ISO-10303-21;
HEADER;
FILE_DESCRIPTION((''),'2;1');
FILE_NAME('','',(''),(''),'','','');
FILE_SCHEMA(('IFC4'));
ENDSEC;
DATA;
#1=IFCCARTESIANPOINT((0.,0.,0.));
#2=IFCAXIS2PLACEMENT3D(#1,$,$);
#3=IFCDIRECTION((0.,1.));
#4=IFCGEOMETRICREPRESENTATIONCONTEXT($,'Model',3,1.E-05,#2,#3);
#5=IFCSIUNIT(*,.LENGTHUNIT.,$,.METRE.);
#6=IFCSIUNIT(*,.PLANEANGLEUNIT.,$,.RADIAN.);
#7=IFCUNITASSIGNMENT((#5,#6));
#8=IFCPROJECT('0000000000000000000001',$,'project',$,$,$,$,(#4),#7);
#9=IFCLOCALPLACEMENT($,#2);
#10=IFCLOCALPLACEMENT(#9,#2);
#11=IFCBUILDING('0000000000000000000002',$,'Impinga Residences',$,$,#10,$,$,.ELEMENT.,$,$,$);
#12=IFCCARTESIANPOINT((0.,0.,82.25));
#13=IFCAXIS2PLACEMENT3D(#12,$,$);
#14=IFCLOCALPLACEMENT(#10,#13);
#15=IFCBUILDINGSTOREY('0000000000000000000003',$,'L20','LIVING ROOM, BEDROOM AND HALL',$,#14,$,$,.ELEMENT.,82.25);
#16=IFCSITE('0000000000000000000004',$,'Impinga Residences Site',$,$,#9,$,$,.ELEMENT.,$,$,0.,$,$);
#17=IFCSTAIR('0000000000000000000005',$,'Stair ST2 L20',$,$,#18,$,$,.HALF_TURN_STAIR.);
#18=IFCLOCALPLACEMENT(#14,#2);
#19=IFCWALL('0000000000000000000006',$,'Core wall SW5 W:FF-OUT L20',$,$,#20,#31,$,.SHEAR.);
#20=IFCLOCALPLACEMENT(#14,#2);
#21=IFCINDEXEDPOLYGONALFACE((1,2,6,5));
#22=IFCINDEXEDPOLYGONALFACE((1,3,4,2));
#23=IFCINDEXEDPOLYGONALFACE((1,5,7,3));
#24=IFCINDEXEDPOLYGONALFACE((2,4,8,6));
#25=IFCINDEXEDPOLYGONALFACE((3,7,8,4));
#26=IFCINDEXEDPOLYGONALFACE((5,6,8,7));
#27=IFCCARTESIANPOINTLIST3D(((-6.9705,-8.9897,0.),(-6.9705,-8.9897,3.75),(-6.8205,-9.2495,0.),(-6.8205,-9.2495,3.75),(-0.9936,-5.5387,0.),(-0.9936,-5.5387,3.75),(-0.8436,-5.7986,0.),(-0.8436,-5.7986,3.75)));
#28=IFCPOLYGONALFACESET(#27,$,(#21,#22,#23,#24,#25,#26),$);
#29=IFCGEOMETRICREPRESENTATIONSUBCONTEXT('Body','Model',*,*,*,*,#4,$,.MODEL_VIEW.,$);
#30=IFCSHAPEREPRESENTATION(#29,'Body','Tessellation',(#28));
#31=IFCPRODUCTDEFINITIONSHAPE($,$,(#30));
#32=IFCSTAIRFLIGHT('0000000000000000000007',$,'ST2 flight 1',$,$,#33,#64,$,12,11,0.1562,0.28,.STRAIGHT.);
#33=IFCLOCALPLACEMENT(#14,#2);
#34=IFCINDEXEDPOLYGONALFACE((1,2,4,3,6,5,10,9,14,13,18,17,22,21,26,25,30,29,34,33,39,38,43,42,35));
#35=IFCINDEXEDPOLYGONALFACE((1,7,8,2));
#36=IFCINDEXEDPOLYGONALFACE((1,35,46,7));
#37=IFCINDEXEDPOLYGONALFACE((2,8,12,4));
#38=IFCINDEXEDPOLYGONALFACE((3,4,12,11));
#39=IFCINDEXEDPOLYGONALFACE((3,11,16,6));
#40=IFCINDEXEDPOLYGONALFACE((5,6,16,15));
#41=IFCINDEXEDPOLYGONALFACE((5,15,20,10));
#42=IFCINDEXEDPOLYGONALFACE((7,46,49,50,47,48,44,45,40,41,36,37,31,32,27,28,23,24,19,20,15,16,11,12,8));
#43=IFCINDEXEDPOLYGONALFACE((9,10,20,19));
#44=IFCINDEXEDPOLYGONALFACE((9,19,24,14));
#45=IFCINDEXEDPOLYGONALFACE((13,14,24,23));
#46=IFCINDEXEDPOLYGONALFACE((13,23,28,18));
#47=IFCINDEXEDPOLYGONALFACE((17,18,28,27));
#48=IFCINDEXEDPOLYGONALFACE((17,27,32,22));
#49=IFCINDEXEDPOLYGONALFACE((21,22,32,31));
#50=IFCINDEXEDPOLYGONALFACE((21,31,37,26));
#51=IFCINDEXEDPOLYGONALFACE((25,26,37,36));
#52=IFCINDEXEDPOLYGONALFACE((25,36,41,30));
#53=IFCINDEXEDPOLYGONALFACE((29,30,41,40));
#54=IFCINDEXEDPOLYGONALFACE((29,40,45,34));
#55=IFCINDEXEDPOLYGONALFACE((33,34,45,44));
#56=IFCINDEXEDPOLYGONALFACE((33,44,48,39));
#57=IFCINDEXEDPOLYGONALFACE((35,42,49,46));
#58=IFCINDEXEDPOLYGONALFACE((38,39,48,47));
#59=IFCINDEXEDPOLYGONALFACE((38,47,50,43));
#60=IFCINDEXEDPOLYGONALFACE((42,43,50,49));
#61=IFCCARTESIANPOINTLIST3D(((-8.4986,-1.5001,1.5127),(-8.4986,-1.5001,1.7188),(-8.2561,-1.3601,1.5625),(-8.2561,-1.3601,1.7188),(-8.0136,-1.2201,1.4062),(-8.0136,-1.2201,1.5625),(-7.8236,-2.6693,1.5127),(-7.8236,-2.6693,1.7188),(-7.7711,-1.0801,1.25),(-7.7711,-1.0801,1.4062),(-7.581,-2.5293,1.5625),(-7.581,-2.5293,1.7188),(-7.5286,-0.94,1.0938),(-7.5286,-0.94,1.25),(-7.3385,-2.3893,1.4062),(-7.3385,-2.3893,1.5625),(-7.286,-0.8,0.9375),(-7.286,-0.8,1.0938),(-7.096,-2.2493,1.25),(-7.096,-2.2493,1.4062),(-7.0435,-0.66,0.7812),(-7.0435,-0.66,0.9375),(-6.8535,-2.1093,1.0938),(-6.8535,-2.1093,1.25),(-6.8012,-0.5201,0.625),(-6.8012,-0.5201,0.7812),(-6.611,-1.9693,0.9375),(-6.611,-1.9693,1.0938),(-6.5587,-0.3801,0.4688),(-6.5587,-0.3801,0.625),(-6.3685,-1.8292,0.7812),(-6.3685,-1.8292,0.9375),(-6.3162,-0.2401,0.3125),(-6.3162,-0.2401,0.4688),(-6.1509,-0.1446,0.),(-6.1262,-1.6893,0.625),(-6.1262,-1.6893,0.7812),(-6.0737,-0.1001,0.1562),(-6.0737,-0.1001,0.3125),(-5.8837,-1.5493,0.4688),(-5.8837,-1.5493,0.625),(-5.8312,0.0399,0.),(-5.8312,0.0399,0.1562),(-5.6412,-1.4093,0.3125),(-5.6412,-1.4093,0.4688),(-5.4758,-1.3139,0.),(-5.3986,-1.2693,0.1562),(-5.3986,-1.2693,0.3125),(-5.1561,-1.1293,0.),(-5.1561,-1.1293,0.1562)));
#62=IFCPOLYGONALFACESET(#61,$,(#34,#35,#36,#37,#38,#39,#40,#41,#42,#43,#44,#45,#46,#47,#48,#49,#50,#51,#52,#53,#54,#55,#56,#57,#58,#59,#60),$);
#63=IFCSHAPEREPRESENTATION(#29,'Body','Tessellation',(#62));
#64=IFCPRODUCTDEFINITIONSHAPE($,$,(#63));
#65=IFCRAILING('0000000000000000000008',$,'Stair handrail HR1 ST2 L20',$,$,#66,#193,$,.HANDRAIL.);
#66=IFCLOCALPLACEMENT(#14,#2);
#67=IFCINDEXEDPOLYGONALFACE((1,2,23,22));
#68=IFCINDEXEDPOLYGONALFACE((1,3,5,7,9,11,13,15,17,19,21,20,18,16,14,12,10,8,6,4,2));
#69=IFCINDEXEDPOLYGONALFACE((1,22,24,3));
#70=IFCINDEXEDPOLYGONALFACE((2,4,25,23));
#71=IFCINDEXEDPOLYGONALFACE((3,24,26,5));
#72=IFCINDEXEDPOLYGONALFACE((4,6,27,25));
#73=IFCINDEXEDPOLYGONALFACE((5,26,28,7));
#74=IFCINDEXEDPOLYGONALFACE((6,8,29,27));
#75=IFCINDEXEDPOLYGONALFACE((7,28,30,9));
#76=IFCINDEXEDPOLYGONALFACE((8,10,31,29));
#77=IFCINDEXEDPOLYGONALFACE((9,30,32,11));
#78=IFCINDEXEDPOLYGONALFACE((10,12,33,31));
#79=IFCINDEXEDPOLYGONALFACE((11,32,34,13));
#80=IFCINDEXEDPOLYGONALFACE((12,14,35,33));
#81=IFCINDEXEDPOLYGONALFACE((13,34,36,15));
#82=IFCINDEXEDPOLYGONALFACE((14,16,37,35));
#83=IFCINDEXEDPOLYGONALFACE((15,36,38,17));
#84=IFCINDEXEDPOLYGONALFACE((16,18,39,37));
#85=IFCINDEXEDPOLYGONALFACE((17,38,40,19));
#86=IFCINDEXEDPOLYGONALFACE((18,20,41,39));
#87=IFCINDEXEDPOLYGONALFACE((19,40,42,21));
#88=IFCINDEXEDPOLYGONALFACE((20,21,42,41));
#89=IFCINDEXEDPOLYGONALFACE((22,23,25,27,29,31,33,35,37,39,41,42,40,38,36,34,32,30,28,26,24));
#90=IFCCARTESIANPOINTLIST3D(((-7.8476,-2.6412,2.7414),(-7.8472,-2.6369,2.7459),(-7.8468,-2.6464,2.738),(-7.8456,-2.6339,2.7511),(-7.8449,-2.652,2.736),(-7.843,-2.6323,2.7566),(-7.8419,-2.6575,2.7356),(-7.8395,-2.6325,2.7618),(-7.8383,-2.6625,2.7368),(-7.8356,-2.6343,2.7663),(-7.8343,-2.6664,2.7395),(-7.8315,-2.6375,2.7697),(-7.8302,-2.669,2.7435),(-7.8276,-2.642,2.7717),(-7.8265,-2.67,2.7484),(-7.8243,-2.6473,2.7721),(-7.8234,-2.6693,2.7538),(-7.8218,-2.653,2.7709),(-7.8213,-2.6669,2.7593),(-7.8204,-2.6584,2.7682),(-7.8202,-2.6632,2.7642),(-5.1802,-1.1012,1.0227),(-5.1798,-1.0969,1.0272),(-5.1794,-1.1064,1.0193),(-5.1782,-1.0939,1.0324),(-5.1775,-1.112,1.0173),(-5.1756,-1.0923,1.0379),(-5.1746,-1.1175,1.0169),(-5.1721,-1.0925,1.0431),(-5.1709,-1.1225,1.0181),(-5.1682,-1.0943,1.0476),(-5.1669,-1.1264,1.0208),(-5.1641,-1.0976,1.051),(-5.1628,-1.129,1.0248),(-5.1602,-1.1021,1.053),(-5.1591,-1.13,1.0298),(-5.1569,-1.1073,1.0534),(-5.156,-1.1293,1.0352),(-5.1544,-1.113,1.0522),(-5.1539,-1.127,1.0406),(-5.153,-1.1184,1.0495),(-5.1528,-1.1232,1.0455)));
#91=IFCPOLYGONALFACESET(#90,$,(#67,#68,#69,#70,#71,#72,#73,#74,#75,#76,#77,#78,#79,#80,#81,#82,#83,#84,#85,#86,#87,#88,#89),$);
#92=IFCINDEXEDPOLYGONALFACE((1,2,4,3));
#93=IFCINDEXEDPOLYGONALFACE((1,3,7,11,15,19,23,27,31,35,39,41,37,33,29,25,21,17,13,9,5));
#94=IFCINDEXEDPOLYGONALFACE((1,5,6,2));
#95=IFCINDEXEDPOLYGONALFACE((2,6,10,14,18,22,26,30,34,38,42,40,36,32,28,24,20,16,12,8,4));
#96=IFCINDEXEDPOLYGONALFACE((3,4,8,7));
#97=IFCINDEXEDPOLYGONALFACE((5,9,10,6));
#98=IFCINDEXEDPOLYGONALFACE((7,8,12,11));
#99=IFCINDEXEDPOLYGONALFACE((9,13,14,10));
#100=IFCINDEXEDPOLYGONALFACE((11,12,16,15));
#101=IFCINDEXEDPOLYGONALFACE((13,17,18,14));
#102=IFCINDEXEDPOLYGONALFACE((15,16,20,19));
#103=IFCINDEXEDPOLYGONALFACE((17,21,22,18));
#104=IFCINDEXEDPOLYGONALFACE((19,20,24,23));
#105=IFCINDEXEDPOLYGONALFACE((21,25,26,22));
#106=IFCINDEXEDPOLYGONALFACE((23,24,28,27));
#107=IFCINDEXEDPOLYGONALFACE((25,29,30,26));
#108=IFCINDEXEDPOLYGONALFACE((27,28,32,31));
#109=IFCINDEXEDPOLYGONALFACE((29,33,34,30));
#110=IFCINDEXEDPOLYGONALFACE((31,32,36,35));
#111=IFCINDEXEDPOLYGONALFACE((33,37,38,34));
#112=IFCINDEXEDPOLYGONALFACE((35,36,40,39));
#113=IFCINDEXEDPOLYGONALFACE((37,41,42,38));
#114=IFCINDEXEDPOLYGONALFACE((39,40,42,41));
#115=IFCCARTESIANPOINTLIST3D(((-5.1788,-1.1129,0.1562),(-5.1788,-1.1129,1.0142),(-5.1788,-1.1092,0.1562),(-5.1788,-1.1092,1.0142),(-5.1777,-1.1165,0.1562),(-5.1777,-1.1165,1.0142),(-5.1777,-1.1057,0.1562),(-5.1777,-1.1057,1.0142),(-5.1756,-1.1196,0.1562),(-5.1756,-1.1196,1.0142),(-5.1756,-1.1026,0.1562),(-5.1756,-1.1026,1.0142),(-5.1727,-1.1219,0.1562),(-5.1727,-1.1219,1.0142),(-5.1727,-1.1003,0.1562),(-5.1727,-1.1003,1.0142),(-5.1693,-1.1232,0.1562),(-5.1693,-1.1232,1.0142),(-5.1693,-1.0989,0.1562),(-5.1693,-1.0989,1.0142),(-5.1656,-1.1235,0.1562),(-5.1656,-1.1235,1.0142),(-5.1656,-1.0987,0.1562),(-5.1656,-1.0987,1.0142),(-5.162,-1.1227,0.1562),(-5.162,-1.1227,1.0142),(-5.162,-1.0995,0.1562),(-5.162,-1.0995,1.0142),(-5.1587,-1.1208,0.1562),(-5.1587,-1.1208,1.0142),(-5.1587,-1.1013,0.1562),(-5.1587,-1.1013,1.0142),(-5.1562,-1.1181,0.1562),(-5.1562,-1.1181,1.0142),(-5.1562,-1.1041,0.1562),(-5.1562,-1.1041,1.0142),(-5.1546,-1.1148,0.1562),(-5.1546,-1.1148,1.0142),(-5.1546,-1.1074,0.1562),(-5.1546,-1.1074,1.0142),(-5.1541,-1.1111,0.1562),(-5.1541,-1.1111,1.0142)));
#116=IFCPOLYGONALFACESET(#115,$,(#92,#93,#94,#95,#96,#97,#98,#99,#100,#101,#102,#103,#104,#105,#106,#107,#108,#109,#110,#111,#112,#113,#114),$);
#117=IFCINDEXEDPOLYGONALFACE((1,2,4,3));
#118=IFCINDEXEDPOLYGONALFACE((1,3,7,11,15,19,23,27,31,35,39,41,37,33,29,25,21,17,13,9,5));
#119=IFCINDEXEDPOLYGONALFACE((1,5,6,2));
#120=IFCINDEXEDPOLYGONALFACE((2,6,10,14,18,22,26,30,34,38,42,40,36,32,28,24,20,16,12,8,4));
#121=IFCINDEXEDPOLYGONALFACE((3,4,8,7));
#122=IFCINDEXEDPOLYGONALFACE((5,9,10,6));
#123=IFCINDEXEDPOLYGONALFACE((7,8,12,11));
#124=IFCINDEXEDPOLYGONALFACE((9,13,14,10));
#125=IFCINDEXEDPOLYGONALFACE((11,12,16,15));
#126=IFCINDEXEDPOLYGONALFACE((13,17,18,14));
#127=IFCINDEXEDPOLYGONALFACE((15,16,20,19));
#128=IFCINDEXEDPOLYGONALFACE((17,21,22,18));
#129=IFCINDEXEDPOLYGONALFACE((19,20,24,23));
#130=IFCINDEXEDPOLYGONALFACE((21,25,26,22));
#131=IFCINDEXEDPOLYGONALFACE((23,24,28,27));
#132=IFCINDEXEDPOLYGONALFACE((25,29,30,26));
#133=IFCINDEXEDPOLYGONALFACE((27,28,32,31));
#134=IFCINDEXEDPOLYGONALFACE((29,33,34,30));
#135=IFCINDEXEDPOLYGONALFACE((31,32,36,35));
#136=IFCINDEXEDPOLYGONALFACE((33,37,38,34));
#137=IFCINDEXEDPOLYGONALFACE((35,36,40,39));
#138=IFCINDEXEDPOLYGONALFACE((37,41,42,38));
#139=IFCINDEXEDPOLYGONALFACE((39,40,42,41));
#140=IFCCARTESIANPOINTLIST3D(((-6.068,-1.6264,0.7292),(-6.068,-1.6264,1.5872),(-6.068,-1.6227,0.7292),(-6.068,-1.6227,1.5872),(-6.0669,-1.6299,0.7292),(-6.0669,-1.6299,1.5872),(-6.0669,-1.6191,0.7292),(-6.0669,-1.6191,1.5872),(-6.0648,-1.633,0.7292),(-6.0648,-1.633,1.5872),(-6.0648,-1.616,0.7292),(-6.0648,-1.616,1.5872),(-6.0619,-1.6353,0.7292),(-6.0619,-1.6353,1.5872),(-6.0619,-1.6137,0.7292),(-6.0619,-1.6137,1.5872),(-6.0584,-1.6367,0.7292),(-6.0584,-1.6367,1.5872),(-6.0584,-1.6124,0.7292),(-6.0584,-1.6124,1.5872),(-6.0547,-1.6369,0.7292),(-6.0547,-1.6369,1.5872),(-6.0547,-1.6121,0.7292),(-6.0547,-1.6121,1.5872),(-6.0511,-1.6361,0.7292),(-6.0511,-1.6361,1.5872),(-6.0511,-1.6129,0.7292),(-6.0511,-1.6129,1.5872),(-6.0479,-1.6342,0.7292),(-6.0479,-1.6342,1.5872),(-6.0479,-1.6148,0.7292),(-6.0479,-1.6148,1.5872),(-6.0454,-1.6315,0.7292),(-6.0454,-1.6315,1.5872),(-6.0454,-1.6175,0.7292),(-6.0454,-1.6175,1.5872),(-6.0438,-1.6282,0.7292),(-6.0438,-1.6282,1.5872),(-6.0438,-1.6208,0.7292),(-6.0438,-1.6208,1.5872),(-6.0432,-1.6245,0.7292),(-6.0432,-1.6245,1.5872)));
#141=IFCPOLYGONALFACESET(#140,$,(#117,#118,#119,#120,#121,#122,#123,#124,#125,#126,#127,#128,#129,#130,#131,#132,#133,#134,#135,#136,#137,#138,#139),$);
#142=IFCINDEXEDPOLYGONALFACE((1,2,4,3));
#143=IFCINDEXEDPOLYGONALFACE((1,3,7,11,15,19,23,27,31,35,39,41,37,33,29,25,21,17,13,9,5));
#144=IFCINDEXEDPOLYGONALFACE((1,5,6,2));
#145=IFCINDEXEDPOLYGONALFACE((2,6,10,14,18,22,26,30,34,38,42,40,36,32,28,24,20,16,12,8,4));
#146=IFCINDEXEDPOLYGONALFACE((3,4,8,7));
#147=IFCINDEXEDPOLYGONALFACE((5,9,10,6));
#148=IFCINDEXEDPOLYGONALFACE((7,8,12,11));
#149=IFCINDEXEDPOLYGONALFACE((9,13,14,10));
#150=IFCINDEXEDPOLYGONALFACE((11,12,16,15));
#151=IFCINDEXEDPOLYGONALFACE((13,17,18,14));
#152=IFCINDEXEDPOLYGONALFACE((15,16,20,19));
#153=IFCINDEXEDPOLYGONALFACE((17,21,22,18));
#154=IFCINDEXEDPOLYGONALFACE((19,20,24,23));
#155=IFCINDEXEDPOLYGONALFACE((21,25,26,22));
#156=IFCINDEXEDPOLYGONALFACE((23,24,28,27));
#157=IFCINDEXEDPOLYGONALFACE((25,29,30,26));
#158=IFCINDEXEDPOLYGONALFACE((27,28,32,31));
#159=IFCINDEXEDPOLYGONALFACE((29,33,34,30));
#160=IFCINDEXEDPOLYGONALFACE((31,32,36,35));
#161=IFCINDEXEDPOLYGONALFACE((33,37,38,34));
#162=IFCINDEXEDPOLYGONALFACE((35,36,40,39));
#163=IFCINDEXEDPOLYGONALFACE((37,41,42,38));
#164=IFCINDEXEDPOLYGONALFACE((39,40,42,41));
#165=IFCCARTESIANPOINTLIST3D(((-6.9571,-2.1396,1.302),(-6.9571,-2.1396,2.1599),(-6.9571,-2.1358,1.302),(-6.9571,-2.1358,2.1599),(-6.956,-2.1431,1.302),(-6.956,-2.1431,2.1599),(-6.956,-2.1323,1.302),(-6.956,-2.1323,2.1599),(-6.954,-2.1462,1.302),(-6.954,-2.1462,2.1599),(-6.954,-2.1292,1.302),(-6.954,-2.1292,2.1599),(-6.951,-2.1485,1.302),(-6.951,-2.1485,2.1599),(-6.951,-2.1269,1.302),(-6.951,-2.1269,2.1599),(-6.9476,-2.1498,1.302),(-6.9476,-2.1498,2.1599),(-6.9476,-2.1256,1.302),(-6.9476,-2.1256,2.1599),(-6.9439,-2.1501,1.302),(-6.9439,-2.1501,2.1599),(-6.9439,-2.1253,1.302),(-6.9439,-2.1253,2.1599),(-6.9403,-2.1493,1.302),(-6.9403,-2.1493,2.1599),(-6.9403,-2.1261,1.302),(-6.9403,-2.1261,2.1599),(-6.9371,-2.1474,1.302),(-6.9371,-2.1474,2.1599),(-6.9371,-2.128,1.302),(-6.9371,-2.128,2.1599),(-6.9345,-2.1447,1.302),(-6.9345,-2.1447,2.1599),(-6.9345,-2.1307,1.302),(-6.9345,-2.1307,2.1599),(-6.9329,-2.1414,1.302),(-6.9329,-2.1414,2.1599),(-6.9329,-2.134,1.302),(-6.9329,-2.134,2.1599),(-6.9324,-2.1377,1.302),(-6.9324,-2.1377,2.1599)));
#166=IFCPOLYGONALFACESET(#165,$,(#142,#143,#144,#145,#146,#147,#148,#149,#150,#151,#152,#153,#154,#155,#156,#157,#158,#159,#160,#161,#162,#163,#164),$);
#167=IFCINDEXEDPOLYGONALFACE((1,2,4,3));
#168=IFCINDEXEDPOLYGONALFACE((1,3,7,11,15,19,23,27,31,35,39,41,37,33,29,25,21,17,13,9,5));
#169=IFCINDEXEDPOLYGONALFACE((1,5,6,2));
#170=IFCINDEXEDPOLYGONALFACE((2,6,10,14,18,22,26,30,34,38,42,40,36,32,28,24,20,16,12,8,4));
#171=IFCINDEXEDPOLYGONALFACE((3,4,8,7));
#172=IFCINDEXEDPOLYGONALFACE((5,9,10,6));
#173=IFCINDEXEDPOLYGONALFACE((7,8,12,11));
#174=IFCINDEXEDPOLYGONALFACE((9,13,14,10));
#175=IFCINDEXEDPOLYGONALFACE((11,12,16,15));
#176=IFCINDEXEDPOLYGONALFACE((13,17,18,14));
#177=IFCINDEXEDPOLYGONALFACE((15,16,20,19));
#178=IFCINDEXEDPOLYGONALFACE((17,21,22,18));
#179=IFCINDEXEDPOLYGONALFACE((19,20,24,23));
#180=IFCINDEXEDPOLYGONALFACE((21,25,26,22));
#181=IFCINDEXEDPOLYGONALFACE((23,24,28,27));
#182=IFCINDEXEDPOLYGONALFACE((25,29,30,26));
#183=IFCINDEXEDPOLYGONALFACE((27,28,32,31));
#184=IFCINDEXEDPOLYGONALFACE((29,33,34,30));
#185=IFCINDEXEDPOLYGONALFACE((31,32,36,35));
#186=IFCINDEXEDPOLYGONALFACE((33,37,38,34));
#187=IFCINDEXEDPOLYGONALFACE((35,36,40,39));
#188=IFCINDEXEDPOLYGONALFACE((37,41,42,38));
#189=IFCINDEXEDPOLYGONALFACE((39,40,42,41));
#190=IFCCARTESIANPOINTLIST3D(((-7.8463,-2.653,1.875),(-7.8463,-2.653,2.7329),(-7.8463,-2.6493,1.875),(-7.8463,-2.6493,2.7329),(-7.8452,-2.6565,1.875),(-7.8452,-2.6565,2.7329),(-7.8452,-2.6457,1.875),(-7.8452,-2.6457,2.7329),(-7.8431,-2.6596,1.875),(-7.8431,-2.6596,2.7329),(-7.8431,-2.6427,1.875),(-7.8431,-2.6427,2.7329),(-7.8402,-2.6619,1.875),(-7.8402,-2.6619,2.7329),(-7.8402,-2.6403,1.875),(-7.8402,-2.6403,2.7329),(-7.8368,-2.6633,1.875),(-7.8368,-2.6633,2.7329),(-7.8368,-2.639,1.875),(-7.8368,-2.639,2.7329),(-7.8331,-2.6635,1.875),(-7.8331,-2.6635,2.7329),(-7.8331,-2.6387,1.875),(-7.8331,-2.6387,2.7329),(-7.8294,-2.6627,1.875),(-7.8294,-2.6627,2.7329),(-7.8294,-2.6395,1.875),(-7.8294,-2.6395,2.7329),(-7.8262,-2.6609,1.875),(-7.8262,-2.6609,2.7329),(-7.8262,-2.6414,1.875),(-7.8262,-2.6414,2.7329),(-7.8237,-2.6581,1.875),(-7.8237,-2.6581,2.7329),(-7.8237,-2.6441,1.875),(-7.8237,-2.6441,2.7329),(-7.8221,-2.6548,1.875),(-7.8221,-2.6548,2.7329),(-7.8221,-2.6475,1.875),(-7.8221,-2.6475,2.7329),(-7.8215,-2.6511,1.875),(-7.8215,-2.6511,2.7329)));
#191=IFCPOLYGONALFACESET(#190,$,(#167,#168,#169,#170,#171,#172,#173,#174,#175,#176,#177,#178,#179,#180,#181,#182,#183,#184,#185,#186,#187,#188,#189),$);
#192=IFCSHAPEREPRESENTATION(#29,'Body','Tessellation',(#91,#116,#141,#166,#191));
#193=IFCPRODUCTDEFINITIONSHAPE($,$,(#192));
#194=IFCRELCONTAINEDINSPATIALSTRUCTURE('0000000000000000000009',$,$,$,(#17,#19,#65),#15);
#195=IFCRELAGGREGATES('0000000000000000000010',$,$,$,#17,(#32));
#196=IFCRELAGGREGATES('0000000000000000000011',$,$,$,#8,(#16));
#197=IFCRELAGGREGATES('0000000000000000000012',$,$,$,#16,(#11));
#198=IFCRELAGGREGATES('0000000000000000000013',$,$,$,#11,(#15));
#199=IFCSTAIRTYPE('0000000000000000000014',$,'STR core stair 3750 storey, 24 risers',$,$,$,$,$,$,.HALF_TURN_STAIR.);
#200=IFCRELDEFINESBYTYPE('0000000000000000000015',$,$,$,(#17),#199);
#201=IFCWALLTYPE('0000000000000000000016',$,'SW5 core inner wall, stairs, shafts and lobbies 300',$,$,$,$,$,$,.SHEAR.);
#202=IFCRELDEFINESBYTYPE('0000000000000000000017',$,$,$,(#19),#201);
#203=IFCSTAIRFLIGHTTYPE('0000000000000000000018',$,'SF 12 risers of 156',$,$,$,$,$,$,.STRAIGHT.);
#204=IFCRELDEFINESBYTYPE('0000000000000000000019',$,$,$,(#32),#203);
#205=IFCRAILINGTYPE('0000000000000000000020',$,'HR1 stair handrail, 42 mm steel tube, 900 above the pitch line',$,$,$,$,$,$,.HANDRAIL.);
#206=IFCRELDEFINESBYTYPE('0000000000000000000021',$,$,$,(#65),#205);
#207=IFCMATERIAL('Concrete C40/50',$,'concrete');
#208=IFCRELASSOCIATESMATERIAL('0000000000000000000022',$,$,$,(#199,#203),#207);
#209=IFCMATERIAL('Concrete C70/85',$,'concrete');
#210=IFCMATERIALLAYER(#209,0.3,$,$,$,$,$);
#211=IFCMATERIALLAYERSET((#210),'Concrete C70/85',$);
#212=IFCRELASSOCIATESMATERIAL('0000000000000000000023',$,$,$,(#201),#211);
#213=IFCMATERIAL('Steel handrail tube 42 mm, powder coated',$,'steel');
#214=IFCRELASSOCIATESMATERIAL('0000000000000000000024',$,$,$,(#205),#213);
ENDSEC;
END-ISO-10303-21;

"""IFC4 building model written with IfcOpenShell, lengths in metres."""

from ifc_helpers import new_model, si_unit, direction, frame, frame_2d, origin, origin_2d, place, context, subcontext, project, spatial, polyline, rectangle, circle, outline, extrude, material, layer, layer_set, type_object, element, aggregate, save


model = new_model("IFC4")

# Units and contexts
model_context = context("Model", 3, precision=1e-05, world=origin(), true_north=direction((0.0, 1.0)))
body_context = subcontext(model_context, "Body", "Model", "MODEL_VIEW")
ifc_project = project(units=[si_unit("LENGTHUNIT", "METRE"), si_unit("PLANEANGLEUNIT", "RADIAN")], contexts=[model_context])

# Site, building, storey
site_placement = place(None, origin())
site = spatial("IfcSite", under=ifc_project, at=site_placement, Name="Impinga Residences Site", CompositionType="ELEMENT", RefElevation=0.0)
building_placement = place(site_placement, origin())
building = spatial("IfcBuilding", under=site, at=building_placement, Name="Impinga Residences", CompositionType="ELEMENT")
storey_placement = place(building_placement, frame((0.0, 0.0, 82.25)))
storey = spatial("IfcBuildingStorey", under=building, at=storey_placement, Name="L20", Description="LIVING ROOM, BEDROOM AND HALL", CompositionType="ELEMENT", Elevation=82.25)

# Shared definitions
ifc_material_1 = material(Name="Concrete C40/50", Category="concrete")
stair_type = type_object("IfcStairType", Name="STR core stair 3750 storey, 24 risers", PredefinedType="HALF_TURN_STAIR", material=ifc_material_1)

# Stair
stair_1_placement = place(storey_placement, origin())
stair_1 = element("IfcStair", 1, at=stair_1_placement, inside=storey, type_object=stair_type, Name="Stair ST2 L20", PredefinedType="HALF_TURN_STAIR")

# Shared definitions
ifc_material_2 = material(Name="Concrete C70/85", Category="concrete")

# Shared definitions
ifc_layer_1 = layer(ifc_material_2, 0.3)
ifc_layer_set_1 = layer_set([ifc_layer_1], Name="Concrete C70/85")
wall_type_1 = type_object("IfcWallType", Name="SW5 core inner wall, stairs, shafts and lobbies 300", PredefinedType="SHEAR", material=ifc_layer_set_1)

# Wall
wall_1_placement = place(storey_placement, frame((-0.9187, -5.6687, 0.0), z_axis=(0.0, 0.0, 1.0), x_axis=(-0.866012, -0.500024, 0.0)))
element("IfcWall", 2, at=wall_1_placement, inside=storey, type_object=wall_type_1, Name="Core wall SW5 W:FF-OUT L20", PredefinedType="SHEAR", context=body_context, shape_type="SweptSolid", body=[
    extrude(rectangle(XDim=6.9016, YDim=0.3, at=frame_2d((3.4507, 0.0))), origin(), (0.0, 0.0, 1.0), 3.75),
])

# Stair flight
stair_flight_type = type_object("IfcStairFlightType", Name="SF 12 risers of 156", PredefinedType="STRAIGHT", material=ifc_material_1)
stair_flight_placement = place(storey_placement, frame((-5.4937, -0.5447, 0.0), z_axis=(0.0, 0.0, 1.0), x_axis=(-0.866025, -0.5, 0.0)))
stair_flight = element("IfcStairFlight", 3, at=stair_flight_placement, type_object=stair_flight_type, Name="ST2 flight 1", NumberOfRisers=12, NumberOfTreads=11, PredefinedType="STRAIGHT", RiserHeight=0.1562, TreadLength=0.28, context=body_context, shape_type="SweptSolid", body=[
    extrude(outline(polyline([(0.0, 0.0), (0.0, 0.1562), (0.28, 0.1562), (0.28, 0.3125), (0.5601, 0.3125), (0.5601, 0.4688), (0.8401, 0.4688), (0.8401, 0.625), (1.1201, 0.625), (1.1201, 0.7812), (1.3999, 0.7812), (1.3999, 0.9375), (1.6799, 0.9375), (1.6799, 1.0938), (1.96, 1.0938), (1.96, 1.25), (2.24, 1.25), (2.24, 1.4062), (2.52, 1.4062), (2.52, 1.5625), (2.8, 1.5625), (2.8, 1.7188), (3.0801, 1.7188), (3.0801, 1.875), (3.0801, 1.5127), (0.3691, 0.0), (0.0, 0.0)])), frame((0.0, 0.675, 0.0), z_axis=(0.0, -1.0, 0.0), x_axis=(1.0, 0.0, 0.0)), (0.0, 0.0, 1.0), 1.3501),
])
aggregate(stair_1, [stair_flight])

# Railing
ifc_material_3 = material(Name="Steel handrail tube 42 mm, powder coated", Category="steel")
railing_type = type_object("IfcRailingType", Name="HR1 stair handrail, 42 mm steel tube, 900 above the pitch line", PredefinedType="HANDRAIL", material=ifc_material_3)
railing_placement = place(storey_placement, frame((-5.1665, -1.1111, 0.1562)))
element("IfcRailing", 4, at=railing_placement, inside=storey, type_object=railing_type, Name="Stair handrail HR1 ST2 L20", PredefinedType="HANDRAIL", context=body_context, shape_type="SweptSolid", body=[
    extrude(circle(Radius=0.021, at=origin_2d()), frame((0.0, 0.0, 0.8789), z_axis=(-0.756256, -0.436616, 0.487282), x_axis=(0.499992, -0.86603, 0.0)), (0.0, 0.0, 1.0), 3.5271),
    extrude(circle(Radius=0.0125, at=origin_2d()), origin(), (0.0, 0.0, 1.0), 0.8579),
    extrude(circle(Radius=0.0125, at=origin_2d()), frame((-0.8892, -0.5134, 0.573)), (0.0, 0.0, 1.0), 0.8579),
    extrude(circle(Radius=0.0125, at=origin_2d()), frame((-1.7783, -1.0266, 1.1458)), (0.0, 0.0, 1.0), 0.8579),
    extrude(circle(Radius=0.0125, at=origin_2d()), frame((-2.6675, -1.54, 1.7188)), (0.0, 0.0, 1.0), 0.8579),
])

save(model, "model.ifc")
